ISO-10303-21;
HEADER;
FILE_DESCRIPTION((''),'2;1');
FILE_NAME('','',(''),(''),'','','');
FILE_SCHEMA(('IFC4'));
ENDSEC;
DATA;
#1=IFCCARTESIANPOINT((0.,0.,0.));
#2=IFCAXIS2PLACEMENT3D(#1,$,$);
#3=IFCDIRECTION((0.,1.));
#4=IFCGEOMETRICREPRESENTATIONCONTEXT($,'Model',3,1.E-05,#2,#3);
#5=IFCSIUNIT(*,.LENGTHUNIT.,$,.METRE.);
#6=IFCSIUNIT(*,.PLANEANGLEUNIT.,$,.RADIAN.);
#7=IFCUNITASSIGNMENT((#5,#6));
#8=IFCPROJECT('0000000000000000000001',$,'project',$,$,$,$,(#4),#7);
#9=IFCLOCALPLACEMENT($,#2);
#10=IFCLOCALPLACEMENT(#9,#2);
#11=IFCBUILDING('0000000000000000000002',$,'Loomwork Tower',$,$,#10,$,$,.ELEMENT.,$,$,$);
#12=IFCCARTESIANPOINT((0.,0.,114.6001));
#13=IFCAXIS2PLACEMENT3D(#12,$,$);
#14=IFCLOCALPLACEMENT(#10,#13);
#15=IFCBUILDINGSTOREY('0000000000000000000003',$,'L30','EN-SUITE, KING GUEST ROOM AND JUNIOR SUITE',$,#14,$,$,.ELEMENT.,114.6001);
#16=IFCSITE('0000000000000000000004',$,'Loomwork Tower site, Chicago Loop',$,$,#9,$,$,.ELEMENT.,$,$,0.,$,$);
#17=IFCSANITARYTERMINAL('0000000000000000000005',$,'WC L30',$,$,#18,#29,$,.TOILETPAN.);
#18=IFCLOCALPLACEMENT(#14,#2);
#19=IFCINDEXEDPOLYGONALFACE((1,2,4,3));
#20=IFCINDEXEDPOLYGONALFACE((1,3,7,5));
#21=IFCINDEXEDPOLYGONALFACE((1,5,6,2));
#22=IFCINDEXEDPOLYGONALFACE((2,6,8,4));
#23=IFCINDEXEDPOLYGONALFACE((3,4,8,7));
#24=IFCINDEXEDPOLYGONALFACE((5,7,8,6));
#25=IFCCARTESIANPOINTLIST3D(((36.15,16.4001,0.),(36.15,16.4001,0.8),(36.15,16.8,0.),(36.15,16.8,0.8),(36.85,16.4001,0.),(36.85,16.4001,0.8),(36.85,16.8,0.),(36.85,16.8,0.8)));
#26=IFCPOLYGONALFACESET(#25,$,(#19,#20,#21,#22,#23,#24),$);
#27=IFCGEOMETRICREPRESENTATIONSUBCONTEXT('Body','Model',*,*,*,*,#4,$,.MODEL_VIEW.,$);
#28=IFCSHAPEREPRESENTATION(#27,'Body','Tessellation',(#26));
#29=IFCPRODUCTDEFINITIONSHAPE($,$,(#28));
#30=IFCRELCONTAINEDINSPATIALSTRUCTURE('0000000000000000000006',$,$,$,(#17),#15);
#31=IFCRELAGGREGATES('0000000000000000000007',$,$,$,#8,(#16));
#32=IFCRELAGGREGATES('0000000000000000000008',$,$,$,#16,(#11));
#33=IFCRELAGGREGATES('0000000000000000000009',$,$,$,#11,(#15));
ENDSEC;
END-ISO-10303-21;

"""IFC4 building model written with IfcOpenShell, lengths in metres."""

from ifc_helpers import new_model, si_unit, direction, frame, origin, origin_2d, place, context, subcontext, project, spatial, rectangle, extrude, element, save


model = new_model("IFC4")

# Units and contexts
model_context = context("Model", 3, precision=1e-05, world=origin(), true_north=direction((0.0, 1.0)))
body_context = subcontext(model_context, "Body", "Model", "MODEL_VIEW")
ifc_project = project(units=[si_unit("LENGTHUNIT", "METRE"), si_unit("PLANEANGLEUNIT", "RADIAN")], contexts=[model_context])

# Site, building, storey
site_placement = place(None, origin())
site = spatial("IfcSite", under=ifc_project, at=site_placement, Name="Loomwork Tower site, Chicago Loop", CompositionType="ELEMENT", RefElevation=0.0)
building_placement = place(site_placement, origin())
building = spatial("IfcBuilding", under=site, at=building_placement, Name="Loomwork Tower", CompositionType="ELEMENT")
storey_placement = place(building_placement, frame((0.0, 0.0, 114.6001)))
storey = spatial("IfcBuildingStorey", under=building, at=storey_placement, Name="L30", Description="EN-SUITE, KING GUEST ROOM AND JUNIOR SUITE", CompositionType="ELEMENT", Elevation=114.6001)

# Sanitary terminal
sanitary_terminal_1_placement = place(storey_placement, frame((36.5, 16.6001, 0.0), z_axis=(0.0, 0.0, 1.0), x_axis=(1.0, 0.0, 0.0)))
element("IfcSanitaryTerminal", 1, at=sanitary_terminal_1_placement, inside=storey, Name="WC L30", PredefinedType="TOILETPAN", context=body_context, shape_type="SweptSolid", body=[
    extrude(rectangle(XDim=0.7, YDim=0.3999, at=origin_2d()), origin(), (0.0, 0.0, 1.0), 0.8),
])

save(model, "model.ifc")
